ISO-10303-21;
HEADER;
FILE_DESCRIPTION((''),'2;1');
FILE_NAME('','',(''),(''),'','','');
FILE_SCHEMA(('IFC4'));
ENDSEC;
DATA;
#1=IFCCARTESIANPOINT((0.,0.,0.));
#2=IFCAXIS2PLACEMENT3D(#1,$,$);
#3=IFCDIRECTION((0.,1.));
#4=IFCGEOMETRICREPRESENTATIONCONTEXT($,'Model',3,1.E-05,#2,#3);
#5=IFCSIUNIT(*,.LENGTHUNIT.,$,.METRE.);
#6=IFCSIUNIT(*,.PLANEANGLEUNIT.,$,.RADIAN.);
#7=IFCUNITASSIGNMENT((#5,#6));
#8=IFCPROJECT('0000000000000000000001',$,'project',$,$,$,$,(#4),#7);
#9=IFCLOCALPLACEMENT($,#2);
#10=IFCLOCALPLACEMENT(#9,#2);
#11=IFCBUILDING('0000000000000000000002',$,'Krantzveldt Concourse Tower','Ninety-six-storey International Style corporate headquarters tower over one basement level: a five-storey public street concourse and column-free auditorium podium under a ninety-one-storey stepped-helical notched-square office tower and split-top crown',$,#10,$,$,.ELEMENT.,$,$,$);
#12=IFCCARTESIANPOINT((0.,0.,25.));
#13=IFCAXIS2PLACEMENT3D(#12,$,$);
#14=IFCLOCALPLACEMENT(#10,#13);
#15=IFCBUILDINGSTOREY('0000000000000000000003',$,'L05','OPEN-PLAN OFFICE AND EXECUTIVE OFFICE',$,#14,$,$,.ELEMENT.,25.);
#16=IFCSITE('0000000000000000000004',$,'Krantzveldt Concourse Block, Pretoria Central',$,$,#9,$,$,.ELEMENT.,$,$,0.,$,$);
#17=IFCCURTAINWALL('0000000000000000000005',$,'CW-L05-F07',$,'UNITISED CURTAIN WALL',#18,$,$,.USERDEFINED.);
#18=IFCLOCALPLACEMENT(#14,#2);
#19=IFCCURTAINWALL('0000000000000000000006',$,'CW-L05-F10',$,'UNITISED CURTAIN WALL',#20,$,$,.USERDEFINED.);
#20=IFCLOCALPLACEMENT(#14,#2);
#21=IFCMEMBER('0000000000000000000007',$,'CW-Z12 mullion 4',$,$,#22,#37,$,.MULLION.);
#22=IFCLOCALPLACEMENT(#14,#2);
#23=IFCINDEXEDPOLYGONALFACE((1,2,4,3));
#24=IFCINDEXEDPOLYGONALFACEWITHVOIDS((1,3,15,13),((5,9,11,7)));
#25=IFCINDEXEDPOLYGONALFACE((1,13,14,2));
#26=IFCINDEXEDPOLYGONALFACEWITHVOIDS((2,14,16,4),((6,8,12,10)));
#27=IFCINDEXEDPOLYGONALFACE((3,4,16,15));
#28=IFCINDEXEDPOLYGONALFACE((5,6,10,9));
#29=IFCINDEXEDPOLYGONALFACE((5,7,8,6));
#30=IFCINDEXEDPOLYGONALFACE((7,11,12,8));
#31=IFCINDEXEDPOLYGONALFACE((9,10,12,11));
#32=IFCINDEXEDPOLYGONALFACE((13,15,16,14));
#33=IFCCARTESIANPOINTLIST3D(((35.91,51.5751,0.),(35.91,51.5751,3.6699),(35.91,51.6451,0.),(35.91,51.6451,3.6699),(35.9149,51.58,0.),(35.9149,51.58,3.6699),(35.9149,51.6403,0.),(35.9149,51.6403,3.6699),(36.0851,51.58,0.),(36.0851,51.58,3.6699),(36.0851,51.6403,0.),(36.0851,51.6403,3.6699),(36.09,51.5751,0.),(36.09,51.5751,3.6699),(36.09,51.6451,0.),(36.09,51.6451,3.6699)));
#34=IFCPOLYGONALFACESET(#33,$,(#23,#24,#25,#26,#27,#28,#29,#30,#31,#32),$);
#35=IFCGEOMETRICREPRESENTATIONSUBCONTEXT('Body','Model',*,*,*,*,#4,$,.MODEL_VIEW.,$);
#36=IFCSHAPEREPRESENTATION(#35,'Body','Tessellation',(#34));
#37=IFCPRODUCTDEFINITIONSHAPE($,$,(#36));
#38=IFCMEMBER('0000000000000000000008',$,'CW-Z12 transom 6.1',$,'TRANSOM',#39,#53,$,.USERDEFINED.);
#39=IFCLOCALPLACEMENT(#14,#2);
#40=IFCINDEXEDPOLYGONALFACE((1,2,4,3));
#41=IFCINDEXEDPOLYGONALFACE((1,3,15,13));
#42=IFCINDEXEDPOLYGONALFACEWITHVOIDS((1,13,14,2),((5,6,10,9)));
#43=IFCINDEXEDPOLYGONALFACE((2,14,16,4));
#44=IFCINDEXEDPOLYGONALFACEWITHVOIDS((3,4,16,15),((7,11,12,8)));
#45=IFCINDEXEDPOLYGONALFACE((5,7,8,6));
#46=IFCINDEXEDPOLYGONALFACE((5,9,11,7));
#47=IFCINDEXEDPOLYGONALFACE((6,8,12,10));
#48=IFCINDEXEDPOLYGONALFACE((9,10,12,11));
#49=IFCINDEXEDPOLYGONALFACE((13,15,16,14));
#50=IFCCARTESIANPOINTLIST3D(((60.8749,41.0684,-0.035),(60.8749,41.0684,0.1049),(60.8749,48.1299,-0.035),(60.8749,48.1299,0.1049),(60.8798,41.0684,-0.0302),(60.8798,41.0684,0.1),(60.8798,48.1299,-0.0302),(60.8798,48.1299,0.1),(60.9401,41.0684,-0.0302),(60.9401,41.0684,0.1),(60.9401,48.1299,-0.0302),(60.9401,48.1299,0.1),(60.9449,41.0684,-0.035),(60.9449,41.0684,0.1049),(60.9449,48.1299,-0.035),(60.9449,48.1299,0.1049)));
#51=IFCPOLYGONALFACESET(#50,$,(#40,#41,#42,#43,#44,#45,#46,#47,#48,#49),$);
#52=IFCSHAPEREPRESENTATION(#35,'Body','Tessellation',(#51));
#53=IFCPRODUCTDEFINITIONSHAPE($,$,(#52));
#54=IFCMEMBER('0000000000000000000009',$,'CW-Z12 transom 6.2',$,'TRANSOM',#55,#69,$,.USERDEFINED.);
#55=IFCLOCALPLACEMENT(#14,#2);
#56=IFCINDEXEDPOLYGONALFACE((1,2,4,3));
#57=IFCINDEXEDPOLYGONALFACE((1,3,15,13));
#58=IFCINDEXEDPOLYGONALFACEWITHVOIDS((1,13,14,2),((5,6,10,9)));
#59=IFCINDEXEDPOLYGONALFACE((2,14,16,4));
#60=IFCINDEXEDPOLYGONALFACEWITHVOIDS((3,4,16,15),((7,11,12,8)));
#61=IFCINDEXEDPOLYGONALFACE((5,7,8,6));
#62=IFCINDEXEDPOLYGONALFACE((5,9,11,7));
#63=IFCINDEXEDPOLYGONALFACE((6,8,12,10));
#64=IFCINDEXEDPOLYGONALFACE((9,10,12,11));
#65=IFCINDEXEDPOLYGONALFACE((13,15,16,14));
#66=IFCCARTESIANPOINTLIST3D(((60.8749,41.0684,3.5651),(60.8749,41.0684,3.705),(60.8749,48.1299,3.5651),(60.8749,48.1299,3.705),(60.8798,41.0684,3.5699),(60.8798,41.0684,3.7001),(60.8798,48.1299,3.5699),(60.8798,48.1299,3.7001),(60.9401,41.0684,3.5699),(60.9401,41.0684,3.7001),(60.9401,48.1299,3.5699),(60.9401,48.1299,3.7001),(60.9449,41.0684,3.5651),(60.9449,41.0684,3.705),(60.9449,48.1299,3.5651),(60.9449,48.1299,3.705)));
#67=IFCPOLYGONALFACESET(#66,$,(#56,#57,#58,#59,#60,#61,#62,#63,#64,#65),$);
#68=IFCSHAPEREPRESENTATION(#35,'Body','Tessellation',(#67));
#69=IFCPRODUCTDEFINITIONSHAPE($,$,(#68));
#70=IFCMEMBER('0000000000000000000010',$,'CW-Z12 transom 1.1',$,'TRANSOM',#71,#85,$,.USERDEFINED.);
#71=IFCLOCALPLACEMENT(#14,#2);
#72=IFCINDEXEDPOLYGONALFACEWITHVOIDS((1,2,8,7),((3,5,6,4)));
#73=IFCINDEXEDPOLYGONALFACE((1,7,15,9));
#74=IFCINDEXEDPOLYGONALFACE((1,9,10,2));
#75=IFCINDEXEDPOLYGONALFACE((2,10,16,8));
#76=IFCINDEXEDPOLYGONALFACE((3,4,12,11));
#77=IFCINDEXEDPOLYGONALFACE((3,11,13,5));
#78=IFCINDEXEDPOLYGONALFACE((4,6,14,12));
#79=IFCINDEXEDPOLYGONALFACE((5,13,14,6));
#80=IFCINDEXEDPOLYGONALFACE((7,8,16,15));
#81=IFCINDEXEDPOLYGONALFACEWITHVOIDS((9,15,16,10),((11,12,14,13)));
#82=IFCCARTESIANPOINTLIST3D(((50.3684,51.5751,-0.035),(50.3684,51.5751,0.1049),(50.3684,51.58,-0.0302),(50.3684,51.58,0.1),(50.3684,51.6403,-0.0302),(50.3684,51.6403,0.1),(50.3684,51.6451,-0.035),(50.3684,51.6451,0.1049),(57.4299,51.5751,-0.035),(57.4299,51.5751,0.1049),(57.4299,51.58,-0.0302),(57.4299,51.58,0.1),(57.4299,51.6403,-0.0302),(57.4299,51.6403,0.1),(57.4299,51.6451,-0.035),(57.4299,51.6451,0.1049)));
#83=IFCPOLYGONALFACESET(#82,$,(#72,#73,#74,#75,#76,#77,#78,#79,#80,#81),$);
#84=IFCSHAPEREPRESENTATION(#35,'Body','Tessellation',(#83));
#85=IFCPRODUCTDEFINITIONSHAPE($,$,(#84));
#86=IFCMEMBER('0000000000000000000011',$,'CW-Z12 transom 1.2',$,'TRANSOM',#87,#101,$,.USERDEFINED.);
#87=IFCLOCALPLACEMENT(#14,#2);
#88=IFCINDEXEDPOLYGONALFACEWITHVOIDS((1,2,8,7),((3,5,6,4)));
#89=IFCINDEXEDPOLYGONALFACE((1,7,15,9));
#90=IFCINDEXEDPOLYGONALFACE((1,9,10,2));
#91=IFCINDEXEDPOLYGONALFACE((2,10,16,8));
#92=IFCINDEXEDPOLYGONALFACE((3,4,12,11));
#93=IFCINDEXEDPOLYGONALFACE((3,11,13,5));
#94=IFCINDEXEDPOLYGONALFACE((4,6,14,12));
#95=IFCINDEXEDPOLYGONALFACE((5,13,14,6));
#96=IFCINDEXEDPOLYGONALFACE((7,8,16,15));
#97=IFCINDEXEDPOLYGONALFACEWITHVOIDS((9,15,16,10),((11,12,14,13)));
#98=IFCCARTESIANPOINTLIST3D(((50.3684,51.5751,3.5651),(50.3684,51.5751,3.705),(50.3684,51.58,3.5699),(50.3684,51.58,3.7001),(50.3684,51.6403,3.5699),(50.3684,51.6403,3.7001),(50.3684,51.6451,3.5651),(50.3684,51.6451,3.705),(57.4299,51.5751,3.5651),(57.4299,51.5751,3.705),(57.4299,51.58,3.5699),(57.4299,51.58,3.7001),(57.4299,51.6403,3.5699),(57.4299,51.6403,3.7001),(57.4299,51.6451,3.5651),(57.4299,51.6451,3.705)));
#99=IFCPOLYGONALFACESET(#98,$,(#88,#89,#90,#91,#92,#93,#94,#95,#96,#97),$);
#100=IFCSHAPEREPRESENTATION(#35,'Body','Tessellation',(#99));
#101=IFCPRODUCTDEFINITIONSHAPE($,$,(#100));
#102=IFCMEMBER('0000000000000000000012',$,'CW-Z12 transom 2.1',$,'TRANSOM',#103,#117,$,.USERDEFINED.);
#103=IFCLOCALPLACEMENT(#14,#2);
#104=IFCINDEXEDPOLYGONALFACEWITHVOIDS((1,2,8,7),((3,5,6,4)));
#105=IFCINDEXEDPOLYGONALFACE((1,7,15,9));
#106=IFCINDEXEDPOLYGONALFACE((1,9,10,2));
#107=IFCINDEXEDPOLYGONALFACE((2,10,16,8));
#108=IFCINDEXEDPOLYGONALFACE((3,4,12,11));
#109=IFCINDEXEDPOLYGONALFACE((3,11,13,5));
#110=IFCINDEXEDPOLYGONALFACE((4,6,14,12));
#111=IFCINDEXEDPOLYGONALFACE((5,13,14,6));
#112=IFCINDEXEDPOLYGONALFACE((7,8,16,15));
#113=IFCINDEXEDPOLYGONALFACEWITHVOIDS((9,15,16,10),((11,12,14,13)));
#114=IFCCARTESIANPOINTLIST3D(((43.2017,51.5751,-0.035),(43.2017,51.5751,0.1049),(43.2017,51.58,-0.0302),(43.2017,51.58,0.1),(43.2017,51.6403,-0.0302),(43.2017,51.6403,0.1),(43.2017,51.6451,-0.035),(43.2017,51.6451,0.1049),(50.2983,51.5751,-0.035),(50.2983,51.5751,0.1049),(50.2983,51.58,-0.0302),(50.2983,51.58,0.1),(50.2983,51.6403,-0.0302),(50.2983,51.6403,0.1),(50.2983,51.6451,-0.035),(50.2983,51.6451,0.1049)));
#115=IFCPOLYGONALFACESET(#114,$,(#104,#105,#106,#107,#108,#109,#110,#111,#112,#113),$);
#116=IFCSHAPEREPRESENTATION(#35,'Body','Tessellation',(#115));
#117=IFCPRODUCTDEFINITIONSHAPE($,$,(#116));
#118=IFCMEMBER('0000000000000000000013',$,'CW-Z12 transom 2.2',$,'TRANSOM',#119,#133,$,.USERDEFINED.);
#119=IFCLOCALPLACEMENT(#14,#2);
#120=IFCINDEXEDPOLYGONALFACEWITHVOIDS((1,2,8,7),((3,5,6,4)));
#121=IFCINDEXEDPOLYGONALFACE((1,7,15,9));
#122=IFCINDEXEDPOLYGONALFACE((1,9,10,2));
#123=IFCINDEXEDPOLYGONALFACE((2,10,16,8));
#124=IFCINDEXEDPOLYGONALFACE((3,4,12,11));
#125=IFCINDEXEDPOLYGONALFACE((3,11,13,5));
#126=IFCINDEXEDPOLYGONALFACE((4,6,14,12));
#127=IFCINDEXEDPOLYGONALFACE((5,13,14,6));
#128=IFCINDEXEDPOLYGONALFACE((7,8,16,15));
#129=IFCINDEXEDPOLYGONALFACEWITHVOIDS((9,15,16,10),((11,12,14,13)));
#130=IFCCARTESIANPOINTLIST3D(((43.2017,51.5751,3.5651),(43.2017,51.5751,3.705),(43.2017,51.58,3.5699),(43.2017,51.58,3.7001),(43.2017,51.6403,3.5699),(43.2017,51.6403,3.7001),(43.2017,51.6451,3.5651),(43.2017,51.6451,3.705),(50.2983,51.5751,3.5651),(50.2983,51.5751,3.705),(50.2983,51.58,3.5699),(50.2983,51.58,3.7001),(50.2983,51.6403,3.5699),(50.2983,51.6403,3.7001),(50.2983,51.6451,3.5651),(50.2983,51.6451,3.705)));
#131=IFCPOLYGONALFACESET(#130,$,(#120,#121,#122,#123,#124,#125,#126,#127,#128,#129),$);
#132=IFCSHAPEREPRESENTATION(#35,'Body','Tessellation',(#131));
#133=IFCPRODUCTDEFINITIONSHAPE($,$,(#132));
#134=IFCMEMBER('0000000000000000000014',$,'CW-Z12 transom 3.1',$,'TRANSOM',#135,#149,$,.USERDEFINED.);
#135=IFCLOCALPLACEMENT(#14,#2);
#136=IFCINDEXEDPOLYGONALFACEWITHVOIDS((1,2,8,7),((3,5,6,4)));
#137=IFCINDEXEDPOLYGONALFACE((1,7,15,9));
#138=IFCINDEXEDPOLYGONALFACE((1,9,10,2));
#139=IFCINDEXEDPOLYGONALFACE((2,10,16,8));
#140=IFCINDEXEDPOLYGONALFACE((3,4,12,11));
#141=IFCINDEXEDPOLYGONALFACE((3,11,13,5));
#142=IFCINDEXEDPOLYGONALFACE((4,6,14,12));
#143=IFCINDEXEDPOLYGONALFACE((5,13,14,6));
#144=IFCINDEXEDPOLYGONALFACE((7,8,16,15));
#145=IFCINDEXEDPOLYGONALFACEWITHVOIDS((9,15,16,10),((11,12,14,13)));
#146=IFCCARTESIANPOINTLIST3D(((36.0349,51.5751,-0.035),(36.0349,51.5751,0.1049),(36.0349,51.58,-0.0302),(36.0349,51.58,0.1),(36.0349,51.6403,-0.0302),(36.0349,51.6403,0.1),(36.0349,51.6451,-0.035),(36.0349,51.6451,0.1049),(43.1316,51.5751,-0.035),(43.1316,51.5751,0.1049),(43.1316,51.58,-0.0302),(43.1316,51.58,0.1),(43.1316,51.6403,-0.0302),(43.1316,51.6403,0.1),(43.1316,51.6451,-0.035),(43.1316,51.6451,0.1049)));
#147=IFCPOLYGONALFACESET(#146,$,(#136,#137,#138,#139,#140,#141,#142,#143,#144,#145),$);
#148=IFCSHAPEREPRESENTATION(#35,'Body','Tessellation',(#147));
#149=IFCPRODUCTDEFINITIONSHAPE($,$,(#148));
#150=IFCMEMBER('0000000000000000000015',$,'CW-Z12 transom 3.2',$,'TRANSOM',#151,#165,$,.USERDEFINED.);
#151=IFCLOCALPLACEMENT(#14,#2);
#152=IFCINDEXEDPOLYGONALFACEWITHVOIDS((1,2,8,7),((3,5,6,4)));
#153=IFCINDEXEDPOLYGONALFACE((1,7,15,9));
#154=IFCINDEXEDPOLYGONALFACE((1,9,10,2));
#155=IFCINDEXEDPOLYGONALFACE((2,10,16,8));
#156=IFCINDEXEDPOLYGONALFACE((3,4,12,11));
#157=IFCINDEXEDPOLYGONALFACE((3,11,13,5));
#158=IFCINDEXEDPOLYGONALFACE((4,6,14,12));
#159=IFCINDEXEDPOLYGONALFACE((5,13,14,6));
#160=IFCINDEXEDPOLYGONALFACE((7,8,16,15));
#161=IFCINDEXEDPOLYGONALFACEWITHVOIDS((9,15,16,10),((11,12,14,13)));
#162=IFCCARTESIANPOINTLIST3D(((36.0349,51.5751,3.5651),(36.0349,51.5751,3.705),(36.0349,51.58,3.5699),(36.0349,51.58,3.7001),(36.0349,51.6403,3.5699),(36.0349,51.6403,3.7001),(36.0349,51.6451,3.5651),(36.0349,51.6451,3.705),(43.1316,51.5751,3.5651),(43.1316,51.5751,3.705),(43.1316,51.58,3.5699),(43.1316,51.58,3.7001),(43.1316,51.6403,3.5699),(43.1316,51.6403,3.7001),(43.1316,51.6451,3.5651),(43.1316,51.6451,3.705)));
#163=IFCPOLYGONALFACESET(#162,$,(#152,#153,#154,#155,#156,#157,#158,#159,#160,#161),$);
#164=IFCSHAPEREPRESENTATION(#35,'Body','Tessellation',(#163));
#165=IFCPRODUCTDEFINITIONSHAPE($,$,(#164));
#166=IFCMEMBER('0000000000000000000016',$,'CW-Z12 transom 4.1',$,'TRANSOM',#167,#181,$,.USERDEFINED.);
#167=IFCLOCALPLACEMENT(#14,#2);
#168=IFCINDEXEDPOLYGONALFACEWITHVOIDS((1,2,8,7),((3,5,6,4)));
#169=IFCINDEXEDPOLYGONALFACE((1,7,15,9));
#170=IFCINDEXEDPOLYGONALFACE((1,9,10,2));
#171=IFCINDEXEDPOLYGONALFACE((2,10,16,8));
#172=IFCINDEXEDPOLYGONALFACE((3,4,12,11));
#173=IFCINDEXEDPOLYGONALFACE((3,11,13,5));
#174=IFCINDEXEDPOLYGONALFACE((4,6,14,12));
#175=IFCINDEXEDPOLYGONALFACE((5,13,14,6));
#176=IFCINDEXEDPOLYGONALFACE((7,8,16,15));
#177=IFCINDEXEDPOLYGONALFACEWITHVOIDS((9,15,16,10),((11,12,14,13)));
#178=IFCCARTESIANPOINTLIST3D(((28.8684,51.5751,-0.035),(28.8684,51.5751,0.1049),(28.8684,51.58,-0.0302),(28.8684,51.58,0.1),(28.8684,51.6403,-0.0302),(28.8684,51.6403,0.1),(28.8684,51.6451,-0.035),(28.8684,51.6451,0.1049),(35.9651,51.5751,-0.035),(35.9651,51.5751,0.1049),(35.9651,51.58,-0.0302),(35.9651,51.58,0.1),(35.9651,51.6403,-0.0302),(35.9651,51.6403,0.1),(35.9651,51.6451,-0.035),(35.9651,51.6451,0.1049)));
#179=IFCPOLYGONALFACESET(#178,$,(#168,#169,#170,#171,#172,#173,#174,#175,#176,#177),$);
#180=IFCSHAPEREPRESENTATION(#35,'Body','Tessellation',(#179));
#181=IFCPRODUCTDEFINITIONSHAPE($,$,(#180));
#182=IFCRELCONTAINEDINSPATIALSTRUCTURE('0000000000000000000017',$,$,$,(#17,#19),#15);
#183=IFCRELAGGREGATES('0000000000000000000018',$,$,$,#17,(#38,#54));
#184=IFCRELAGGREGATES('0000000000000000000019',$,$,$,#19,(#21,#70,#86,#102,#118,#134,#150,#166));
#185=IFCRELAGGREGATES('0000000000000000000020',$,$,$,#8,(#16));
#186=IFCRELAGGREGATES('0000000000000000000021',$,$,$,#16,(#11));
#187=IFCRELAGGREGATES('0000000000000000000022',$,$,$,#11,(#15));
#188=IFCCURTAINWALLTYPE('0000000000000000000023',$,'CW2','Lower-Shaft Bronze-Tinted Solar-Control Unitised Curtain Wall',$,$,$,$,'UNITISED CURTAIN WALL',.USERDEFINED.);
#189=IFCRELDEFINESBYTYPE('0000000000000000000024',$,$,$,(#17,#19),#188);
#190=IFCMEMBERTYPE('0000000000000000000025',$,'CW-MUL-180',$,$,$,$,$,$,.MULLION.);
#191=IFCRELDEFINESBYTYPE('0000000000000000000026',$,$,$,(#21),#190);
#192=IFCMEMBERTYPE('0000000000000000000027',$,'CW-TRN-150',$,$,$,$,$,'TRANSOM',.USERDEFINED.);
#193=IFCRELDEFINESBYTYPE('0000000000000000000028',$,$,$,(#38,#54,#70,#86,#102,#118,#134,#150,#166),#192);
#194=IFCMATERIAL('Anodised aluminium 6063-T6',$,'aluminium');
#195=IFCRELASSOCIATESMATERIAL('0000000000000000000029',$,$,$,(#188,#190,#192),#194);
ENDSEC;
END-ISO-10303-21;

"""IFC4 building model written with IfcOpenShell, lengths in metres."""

from ifc_helpers import new_model, si_unit, direction, frame, origin, origin_2d, place, context, subcontext, project, spatial, hollow_rectangle, extrude, source, transform, mapped, material, material_profile, profile_set, type_object, type_shapes, element, aggregate, save


model = new_model("IFC4")

# Units and contexts
model_context = context("Model", 3, precision=1e-05, world=origin(), true_north=direction((0.0, 1.0)))
body_context = subcontext(model_context, "Body", "Model", "MODEL_VIEW")
ifc_project = project(units=[si_unit("LENGTHUNIT", "METRE"), si_unit("PLANEANGLEUNIT", "RADIAN")], contexts=[model_context])

# Site, building, storey
site_placement = place(None, origin())
site = spatial("IfcSite", under=ifc_project, at=site_placement, Name="Krantzveldt Concourse Block, Pretoria Central", CompositionType="ELEMENT", RefElevation=0.0)
building_placement = place(site_placement, origin())
building = spatial("IfcBuilding", under=site, at=building_placement, Name="Krantzveldt Concourse Tower", Description="Ninety-six-storey International Style corporate headquarters tower over one basement level: a five-storey public street concourse and column-free auditorium podium under a ninety-one-storey stepped-helical notched-square office tower and split-top crown", CompositionType="ELEMENT")
storey_placement = place(building_placement, frame((0.0, 0.0, 25.0)))
storey = spatial("IfcBuildingStorey", under=building, at=storey_placement, Name="L05", Description="OPEN-PLAN OFFICE AND EXECUTIVE OFFICE", CompositionType="ELEMENT", Elevation=25.0)

# Curtain walls, member
ifc_material_1 = material(Name="Anodised aluminium 6063-T6", Category="aluminium")
curtain_wall_type = type_object("IfcCurtainWallType", Name="CW2", Description="Lower-Shaft Bronze-Tinted Solar-Control Unitised Curtain Wall", ElementType="UNITISED CURTAIN WALL", PredefinedType="USERDEFINED", material=ifc_material_1)
curtain_wall_1_placement = place(storey_placement, origin())
curtain_wall_1 = element("IfcCurtainWall", 1, at=curtain_wall_1_placement, inside=storey, type_object=curtain_wall_type, Name="CW-L05-F07", ObjectType="UNITISED CURTAIN WALL", PredefinedType="USERDEFINED")
ifc_material_profile_1 = material_profile(ifc_material_1, hollow_rectangle(XDim=0.0701, YDim=0.1799, WallThickness=0.0049, at=origin_2d()), Name="Anodised aluminium 6063-T6", Category="aluminium")
ifc_profile_set_1 = profile_set([ifc_material_profile_1], Name="Anodised aluminium 6063-T6 - ALU-MULL 180x70x5")
member_type_1 = type_object("IfcMemberType", Name="CW-MUL-180", PredefinedType="MULLION", material=ifc_profile_set_1)
shared_shape_1 = source(origin(), body_context, "Body", "SweptSolid", [
    extrude(hollow_rectangle(XDim=0.0701, YDim=0.1799, WallThickness=0.0049, at=origin_2d()), origin(), (0.0, 0.0, 1.0), 3.6699),
])
type_shapes(member_type_1, [shared_shape_1])
curtain_wall_2_placement = place(storey_placement, origin())
curtain_wall_2 = element("IfcCurtainWall", 2, at=curtain_wall_2_placement, inside=storey, type_object=curtain_wall_type, Name="CW-L05-F10", ObjectType="UNITISED CURTAIN WALL", PredefinedType="USERDEFINED")
member_1_placement = place(storey_placement, frame((36.0, 51.6101, 0.0), z_axis=(0.0, 0.0, 1.0), x_axis=(0.0, -1.0, 0.0)))
member_1 = element("IfcMember", 3, at=member_1_placement, type_object=member_type_1, Name="CW-Z12 mullion 4", PredefinedType="MULLION", context=body_context, shape_type="MappedRepresentation", body=[
    mapped(shared_shape_1, transform((0.0, 0.0, 0.0), x_axis=(1.0, 0.0, 0.0), y_axis=(0.0, 1.0, 0.0), z_axis=(0.0, 0.0, 1.0), scale=1.0)),
])

# Members
ifc_material_profile_2 = material_profile(ifc_material_1, hollow_rectangle(XDim=0.0701, YDim=0.1399, WallThickness=0.0049, at=origin_2d()), Name="Anodised aluminium 6063-T6", Category="aluminium")
ifc_profile_set_2 = profile_set([ifc_material_profile_2], Name="Anodised aluminium 6063-T6 - ALU-TRAN 140x70x5")
member_type_2 = type_object("IfcMemberType", Name="CW-TRN-150", ElementType="TRANSOM", PredefinedType="USERDEFINED", material=ifc_profile_set_2)
shared_shape_2 = source(origin(), body_context, "Body", "SweptSolid", [
    extrude(hollow_rectangle(XDim=0.0701, YDim=0.1399, WallThickness=0.0049, at=origin_2d()), origin(), (0.0, 0.0, 1.0), 7.0615),
])
member_2_placement = place(storey_placement, frame((60.9099, 41.0684, 0.0349), z_axis=(0.0, 1.0, 0.0), x_axis=(-1.0, 0.0, 0.0)))
member_2 = element("IfcMember", 4, at=member_2_placement, type_object=member_type_2, Name="CW-Z12 transom 6.1", ObjectType="TRANSOM", PredefinedType="USERDEFINED", context=body_context, shape_type="MappedRepresentation", body=[
    mapped(shared_shape_2, transform((0.0, 0.0, 0.0), x_axis=(1.0, 0.0, 0.0), y_axis=(0.0, 1.0, 0.0), z_axis=(0.0, 0.0, 1.0), scale=1.0)),
])
member_3_placement = place(storey_placement, frame((60.9099, 41.0684, 3.635), z_axis=(0.0, 1.0, 0.0), x_axis=(-1.0, 0.0, 0.0)))
member_3 = element("IfcMember", 5, at=member_3_placement, type_object=member_type_2, Name="CW-Z12 transom 6.2", ObjectType="TRANSOM", PredefinedType="USERDEFINED", context=body_context, shape_type="MappedRepresentation", body=[
    mapped(shared_shape_2, transform((0.0, 0.0, 0.0), x_axis=(1.0, 0.0, 0.0), y_axis=(0.0, 1.0, 0.0), z_axis=(0.0, 0.0, 1.0), scale=1.0)),
])
member_4_placement = place(storey_placement, frame((57.4299, 51.6101, 0.0349), z_axis=(-1.0, 0.0, 0.0), x_axis=(0.0, -1.0, 0.0)))
member_4 = element("IfcMember", 6, at=member_4_placement, type_object=member_type_2, Name="CW-Z12 transom 1.1", ObjectType="TRANSOM", PredefinedType="USERDEFINED", context=body_context, shape_type="MappedRepresentation", body=[
    mapped(shared_shape_2, transform((0.0, 0.0, 0.0), x_axis=(1.0, 0.0, 0.0), y_axis=(0.0, 1.0, 0.0), z_axis=(0.0, 0.0, 1.0), scale=1.0)),
])
member_5_placement = place(storey_placement, frame((57.4299, 51.6101, 3.635), z_axis=(-1.0, 0.0, 0.0), x_axis=(0.0, -1.0, 0.0)))
member_5 = element("IfcMember", 7, at=member_5_placement, type_object=member_type_2, Name="CW-Z12 transom 1.2", ObjectType="TRANSOM", PredefinedType="USERDEFINED", context=body_context, shape_type="MappedRepresentation", body=[
    mapped(shared_shape_2, transform((0.0, 0.0, 0.0), x_axis=(1.0, 0.0, 0.0), y_axis=(0.0, 1.0, 0.0), z_axis=(0.0, 0.0, 1.0), scale=1.0)),
])
shared_shape_3 = source(origin(), body_context, "Body", "SweptSolid", [
    extrude(hollow_rectangle(XDim=0.0701, YDim=0.1399, WallThickness=0.0049, at=origin_2d()), origin(), (0.0, 0.0, 1.0), 7.0967),
])
type_shapes(member_type_2, [shared_shape_2, shared_shape_3])
member_6_placement = place(storey_placement, frame((50.2983, 51.6101, 0.0349), z_axis=(-1.0, 0.0, 0.0), x_axis=(0.0, -1.0, 0.0)))
member_6 = element("IfcMember", 8, at=member_6_placement, type_object=member_type_2, Name="CW-Z12 transom 2.1", ObjectType="TRANSOM", PredefinedType="USERDEFINED", context=body_context, shape_type="MappedRepresentation", body=[
    mapped(shared_shape_3, transform((0.0, 0.0, 0.0), x_axis=(1.0, 0.0, 0.0), y_axis=(0.0, 1.0, 0.0), z_axis=(0.0, 0.0, 1.0), scale=1.0)),
])
member_7_placement = place(storey_placement, frame((50.2983, 51.6101, 3.635), z_axis=(-1.0, 0.0, 0.0), x_axis=(0.0, -1.0, 0.0)))
member_7 = element("IfcMember", 9, at=member_7_placement, type_object=member_type_2, Name="CW-Z12 transom 2.2", ObjectType="TRANSOM", PredefinedType="USERDEFINED", context=body_context, shape_type="MappedRepresentation", body=[
    mapped(shared_shape_3, transform((0.0, 0.0, 0.0), x_axis=(1.0, 0.0, 0.0), y_axis=(0.0, 1.0, 0.0), z_axis=(0.0, 0.0, 1.0), scale=1.0)),
])
member_8_placement = place(storey_placement, frame((43.1316, 51.6101, 0.0349), z_axis=(-1.0, 0.0, 0.0), x_axis=(0.0, -1.0, 0.0)))
member_8 = element("IfcMember", 10, at=member_8_placement, type_object=member_type_2, Name="CW-Z12 transom 3.1", ObjectType="TRANSOM", PredefinedType="USERDEFINED", context=body_context, shape_type="MappedRepresentation", body=[
    mapped(shared_shape_3, transform((0.0, 0.0, 0.0), x_axis=(1.0, 0.0, 0.0), y_axis=(0.0, 1.0, 0.0), z_axis=(0.0, 0.0, 1.0), scale=1.0)),
])
member_9_placement = place(storey_placement, frame((43.1316, 51.6101, 3.635), z_axis=(-1.0, 0.0, 0.0), x_axis=(0.0, -1.0, 0.0)))
member_9 = element("IfcMember", 11, at=member_9_placement, type_object=member_type_2, Name="CW-Z12 transom 3.2", ObjectType="TRANSOM", PredefinedType="USERDEFINED", context=body_context, shape_type="MappedRepresentation", body=[
    mapped(shared_shape_3, transform((0.0, 0.0, 0.0), x_axis=(1.0, 0.0, 0.0), y_axis=(0.0, 1.0, 0.0), z_axis=(0.0, 0.0, 1.0), scale=1.0)),
])
member_10_placement = place(storey_placement, frame((35.9651, 51.6101, 0.0349), z_axis=(-1.0, 0.0, 0.0), x_axis=(0.0, -1.0, 0.0)))
member_10 = element("IfcMember", 12, at=member_10_placement, type_object=member_type_2, Name="CW-Z12 transom 4.1", ObjectType="TRANSOM", PredefinedType="USERDEFINED", context=body_context, shape_type="MappedRepresentation", body=[
    mapped(shared_shape_3, transform((0.0, 0.0, 0.0), x_axis=(1.0, 0.0, 0.0), y_axis=(0.0, 1.0, 0.0), z_axis=(0.0, 0.0, 1.0), scale=1.0)),
])

aggregate(curtain_wall_1, [member_2, member_3])
aggregate(curtain_wall_2, [member_1, member_4, member_5, member_6, member_7, member_8, member_9, member_10])

save(model, "model.ifc")
